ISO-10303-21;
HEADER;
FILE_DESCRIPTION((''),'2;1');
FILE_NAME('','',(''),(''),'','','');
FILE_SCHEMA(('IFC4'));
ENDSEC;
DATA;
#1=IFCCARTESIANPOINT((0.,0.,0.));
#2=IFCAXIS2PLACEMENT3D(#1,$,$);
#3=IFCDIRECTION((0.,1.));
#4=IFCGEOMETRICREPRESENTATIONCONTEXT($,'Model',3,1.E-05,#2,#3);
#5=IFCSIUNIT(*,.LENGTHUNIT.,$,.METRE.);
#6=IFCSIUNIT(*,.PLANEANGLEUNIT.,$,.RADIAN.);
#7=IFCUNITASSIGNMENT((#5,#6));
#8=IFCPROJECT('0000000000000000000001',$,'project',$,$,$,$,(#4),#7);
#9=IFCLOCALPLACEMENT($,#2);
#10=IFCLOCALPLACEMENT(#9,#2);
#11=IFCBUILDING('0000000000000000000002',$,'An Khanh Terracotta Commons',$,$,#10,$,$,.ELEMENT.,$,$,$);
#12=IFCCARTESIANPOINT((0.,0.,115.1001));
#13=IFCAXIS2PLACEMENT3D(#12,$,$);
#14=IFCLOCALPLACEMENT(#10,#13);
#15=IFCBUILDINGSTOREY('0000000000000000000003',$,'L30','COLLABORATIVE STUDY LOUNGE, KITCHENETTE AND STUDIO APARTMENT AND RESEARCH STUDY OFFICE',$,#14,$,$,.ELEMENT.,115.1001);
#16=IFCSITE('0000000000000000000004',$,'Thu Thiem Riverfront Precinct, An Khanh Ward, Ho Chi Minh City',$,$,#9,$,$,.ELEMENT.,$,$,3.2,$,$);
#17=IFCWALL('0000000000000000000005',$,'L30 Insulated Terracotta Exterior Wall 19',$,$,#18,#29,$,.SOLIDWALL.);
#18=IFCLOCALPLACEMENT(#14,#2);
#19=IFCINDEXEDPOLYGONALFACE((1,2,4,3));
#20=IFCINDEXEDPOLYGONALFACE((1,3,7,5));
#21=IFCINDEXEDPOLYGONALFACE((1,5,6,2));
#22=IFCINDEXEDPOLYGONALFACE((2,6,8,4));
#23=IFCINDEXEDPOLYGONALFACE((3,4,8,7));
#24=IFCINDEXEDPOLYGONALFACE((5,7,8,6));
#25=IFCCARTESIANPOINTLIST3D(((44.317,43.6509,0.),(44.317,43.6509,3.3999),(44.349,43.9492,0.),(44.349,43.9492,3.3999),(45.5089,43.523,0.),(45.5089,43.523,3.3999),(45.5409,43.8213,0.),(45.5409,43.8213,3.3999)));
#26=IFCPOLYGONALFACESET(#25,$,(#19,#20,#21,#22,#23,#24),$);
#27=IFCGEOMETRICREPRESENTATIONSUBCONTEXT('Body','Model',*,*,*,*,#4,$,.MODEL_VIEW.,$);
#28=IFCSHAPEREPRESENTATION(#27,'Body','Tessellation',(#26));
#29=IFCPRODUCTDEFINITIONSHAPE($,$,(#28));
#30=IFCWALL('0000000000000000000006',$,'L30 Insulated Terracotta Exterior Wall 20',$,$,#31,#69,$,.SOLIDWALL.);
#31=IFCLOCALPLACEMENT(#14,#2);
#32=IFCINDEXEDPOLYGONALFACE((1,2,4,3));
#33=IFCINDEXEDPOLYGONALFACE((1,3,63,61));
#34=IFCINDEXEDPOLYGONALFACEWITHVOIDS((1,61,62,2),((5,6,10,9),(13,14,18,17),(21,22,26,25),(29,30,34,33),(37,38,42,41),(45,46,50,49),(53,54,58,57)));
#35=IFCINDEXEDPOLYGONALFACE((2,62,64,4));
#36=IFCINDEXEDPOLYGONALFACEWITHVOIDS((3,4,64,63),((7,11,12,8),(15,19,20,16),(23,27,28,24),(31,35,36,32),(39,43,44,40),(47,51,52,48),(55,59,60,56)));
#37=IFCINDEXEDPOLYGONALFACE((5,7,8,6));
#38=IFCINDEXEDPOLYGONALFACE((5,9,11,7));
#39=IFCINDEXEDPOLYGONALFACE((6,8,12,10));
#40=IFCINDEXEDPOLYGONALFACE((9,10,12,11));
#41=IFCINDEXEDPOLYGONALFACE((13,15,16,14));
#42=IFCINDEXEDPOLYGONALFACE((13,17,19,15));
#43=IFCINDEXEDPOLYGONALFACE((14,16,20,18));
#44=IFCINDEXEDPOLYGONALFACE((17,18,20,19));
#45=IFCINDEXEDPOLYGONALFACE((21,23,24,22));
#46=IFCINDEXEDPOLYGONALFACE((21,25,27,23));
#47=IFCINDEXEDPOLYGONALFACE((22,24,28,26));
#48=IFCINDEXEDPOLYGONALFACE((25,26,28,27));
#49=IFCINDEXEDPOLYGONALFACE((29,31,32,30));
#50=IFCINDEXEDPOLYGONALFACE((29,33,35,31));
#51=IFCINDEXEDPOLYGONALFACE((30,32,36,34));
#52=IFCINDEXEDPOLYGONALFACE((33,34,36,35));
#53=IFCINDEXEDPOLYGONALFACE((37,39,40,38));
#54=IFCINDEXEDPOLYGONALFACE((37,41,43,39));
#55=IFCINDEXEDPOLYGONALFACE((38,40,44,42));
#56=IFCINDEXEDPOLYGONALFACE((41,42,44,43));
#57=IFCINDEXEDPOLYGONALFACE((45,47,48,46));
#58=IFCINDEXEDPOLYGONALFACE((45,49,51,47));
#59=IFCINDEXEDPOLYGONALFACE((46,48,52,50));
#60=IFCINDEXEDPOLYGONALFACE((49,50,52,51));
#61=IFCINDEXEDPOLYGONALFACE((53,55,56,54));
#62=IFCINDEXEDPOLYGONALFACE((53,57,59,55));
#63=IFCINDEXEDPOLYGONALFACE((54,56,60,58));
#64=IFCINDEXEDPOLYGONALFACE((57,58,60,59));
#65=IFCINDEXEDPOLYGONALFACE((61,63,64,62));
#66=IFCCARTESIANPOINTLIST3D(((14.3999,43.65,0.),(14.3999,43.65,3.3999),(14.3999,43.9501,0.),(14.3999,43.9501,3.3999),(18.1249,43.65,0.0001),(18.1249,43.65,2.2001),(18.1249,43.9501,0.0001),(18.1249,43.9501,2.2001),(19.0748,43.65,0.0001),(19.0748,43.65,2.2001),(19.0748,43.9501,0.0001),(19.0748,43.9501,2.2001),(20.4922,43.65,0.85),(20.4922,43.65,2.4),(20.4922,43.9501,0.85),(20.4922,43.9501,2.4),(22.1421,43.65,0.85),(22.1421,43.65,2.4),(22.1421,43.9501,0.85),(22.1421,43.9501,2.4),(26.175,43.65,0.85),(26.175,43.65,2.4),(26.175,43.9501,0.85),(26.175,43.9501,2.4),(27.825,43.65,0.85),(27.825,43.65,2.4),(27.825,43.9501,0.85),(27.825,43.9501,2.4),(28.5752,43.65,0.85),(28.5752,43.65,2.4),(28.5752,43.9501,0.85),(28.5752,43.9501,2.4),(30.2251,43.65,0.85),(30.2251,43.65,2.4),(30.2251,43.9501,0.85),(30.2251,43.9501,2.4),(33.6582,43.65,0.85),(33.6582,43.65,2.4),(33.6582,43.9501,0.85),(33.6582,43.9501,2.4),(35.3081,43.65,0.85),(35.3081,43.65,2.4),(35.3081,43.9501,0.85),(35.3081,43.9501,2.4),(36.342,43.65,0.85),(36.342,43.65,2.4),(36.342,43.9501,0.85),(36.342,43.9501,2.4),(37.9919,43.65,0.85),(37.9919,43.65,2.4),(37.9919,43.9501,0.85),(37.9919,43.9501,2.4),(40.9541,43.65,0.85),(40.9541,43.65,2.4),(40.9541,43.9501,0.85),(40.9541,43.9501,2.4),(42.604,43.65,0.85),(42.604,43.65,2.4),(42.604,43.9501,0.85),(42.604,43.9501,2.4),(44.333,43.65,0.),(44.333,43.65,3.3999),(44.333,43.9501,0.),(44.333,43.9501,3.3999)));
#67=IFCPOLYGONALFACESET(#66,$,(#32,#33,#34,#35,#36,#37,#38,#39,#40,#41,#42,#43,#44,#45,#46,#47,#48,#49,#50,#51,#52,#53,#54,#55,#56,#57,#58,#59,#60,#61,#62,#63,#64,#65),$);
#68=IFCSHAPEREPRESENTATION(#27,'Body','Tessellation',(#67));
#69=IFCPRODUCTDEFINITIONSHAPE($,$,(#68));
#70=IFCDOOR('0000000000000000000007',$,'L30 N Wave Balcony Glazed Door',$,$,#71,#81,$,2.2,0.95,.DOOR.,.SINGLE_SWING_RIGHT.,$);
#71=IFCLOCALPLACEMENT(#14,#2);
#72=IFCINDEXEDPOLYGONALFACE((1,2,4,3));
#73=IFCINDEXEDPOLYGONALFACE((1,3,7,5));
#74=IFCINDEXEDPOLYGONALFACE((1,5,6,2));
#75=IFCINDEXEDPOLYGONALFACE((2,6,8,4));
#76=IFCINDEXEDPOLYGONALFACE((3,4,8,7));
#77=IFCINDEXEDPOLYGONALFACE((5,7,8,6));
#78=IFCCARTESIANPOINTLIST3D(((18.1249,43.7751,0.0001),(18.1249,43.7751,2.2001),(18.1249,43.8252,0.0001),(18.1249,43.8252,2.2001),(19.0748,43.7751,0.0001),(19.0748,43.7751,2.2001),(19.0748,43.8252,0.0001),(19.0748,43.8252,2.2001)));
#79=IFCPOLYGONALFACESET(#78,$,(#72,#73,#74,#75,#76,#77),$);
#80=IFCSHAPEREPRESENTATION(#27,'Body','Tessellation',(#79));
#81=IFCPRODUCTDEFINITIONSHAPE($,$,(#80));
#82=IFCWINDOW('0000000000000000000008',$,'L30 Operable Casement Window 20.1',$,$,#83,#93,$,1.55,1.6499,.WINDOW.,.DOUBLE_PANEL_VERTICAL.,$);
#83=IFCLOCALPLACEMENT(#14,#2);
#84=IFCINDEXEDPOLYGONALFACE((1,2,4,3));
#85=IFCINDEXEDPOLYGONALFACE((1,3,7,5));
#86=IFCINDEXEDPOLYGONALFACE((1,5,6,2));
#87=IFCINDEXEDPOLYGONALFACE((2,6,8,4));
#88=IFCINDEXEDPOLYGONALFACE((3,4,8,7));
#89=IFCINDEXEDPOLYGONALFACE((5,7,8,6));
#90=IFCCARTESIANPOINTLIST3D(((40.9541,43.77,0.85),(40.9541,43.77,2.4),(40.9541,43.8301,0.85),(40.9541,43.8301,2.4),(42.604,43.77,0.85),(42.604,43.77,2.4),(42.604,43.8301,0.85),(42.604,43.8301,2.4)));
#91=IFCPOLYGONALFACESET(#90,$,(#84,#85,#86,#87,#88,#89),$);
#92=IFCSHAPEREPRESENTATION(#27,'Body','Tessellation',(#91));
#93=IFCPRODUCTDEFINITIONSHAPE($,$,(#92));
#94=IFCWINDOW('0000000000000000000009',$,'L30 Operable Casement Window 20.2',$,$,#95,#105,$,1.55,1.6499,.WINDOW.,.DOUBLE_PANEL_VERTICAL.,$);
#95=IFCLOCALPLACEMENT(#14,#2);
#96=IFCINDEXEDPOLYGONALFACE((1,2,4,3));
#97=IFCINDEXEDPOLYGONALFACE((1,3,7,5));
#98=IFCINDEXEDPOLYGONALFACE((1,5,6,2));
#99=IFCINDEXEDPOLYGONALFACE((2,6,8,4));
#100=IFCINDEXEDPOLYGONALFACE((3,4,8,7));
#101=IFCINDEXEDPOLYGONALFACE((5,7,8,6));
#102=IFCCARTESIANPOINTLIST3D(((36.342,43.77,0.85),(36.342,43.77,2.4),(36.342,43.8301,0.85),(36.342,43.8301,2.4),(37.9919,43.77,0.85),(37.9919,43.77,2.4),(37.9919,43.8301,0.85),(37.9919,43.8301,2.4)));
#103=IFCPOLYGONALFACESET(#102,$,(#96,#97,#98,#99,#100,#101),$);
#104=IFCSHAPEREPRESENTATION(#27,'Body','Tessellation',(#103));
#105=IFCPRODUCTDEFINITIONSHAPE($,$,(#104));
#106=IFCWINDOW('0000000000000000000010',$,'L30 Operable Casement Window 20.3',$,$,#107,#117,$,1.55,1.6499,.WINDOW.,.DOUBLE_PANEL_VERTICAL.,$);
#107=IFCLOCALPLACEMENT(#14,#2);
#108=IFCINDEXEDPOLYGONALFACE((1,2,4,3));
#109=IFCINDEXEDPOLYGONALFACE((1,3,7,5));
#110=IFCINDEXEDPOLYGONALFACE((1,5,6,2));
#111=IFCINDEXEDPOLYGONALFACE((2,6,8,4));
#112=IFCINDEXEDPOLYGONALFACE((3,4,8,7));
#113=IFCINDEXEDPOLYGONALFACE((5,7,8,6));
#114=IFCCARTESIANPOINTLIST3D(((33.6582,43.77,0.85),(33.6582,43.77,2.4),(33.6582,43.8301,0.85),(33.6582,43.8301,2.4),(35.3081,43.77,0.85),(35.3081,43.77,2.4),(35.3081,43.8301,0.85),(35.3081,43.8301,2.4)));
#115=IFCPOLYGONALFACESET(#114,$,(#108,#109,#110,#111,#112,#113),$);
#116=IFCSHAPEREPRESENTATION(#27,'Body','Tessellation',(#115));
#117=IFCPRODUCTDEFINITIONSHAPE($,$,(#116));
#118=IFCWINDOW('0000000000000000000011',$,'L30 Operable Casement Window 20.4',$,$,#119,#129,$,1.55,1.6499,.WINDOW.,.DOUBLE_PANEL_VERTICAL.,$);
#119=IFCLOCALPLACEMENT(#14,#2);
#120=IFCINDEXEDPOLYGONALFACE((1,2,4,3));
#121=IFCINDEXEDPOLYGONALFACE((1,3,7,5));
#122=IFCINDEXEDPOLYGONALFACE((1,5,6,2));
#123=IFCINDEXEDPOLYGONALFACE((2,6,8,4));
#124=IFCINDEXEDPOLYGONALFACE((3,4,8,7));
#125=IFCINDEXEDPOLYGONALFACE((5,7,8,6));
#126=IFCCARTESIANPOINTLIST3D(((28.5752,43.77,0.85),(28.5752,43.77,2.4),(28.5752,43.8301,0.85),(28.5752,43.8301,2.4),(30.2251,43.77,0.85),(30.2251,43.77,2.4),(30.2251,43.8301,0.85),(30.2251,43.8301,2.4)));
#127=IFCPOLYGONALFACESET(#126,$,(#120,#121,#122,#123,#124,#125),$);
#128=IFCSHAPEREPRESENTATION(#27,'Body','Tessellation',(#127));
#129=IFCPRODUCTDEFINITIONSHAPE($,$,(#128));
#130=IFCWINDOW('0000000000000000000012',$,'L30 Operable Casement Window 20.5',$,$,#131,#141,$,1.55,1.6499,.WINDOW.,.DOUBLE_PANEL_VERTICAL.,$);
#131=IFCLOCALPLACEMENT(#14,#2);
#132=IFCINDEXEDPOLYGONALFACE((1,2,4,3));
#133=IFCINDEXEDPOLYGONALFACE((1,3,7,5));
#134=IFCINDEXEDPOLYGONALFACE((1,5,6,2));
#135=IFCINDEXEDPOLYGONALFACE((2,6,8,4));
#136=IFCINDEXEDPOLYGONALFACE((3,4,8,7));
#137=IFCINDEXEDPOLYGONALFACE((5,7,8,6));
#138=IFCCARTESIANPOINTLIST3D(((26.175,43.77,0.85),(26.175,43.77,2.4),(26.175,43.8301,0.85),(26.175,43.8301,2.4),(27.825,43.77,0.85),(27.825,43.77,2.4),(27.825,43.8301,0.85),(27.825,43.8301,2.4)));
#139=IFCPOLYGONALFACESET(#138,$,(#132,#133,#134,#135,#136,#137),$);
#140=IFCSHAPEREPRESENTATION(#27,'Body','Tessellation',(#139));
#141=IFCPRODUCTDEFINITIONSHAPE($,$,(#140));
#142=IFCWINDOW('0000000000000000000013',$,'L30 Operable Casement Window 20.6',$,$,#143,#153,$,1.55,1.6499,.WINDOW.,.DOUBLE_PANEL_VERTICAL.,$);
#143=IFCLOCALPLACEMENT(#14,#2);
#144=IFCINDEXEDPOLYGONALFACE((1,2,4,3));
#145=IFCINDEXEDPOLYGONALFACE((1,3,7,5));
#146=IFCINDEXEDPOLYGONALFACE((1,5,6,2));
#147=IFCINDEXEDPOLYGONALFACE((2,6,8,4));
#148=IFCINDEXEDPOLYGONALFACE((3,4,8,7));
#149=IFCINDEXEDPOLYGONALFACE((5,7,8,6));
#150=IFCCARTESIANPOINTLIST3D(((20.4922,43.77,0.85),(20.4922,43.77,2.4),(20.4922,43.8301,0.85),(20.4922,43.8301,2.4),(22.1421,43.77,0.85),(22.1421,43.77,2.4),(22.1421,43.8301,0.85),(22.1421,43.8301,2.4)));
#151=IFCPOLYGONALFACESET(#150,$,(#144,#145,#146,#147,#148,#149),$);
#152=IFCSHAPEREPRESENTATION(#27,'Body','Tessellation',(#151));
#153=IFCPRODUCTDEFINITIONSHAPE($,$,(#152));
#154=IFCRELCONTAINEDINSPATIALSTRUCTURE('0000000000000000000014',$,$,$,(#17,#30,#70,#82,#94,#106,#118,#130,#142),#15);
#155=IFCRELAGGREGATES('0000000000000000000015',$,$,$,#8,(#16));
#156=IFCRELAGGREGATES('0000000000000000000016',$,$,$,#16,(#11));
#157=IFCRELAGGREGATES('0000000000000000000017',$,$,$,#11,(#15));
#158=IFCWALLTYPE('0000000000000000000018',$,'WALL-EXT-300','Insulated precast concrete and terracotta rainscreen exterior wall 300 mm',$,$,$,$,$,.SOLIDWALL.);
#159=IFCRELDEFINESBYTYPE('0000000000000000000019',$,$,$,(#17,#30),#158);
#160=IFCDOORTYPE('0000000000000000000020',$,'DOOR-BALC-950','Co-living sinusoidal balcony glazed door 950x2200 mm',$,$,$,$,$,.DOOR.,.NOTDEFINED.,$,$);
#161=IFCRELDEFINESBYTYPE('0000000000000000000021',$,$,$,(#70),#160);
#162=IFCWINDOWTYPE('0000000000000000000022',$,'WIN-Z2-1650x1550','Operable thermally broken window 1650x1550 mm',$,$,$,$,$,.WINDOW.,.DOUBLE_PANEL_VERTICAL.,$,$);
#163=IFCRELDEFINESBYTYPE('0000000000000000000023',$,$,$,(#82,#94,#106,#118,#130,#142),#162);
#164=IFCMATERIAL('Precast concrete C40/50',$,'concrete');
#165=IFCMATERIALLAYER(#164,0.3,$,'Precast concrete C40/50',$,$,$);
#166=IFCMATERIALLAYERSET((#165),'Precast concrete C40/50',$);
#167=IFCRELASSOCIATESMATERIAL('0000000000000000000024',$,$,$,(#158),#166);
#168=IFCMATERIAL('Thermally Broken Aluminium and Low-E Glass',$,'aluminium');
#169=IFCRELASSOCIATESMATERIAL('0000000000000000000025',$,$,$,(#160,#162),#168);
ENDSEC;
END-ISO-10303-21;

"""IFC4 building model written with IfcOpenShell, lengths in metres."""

from ifc_helpers import new_model, si_unit, direction, frame, frame_2d, origin, place, context, subcontext, project, spatial, rectangle, extrude, material, layer, layer_set, type_object, element, fill, save


model = new_model("IFC4")

# Units and contexts
model_context = context("Model", 3, precision=1e-05, world=origin(), true_north=direction((0.0, 1.0)))
body_context = subcontext(model_context, "Body", "Model", "MODEL_VIEW")
ifc_project = project(units=[si_unit("LENGTHUNIT", "METRE"), si_unit("PLANEANGLEUNIT", "RADIAN")], contexts=[model_context])

# Site, building, storey
site_placement = place(None, origin())
site = spatial("IfcSite", under=ifc_project, at=site_placement, Name="Thu Thiem Riverfront Precinct, An Khanh Ward, Ho Chi Minh City", CompositionType="ELEMENT", RefElevation=3.2)
building_placement = place(site_placement, origin())
building = spatial("IfcBuilding", under=site, at=building_placement, Name="An Khanh Terracotta Commons", CompositionType="ELEMENT")
storey_placement = place(building_placement, frame((0.0, 0.0, 115.1001)))
storey = spatial("IfcBuildingStorey", under=building, at=storey_placement, Name="L30", Description="COLLABORATIVE STUDY LOUNGE, KITCHENETTE AND STUDIO APARTMENT AND RESEARCH STUDY OFFICE", CompositionType="ELEMENT", Elevation=115.1001)

# Wall
ifc_material_1 = material(Name="Precast concrete C40/50", Category="concrete")
ifc_layer_1 = layer(ifc_material_1, 0.3, Name="Precast concrete C40/50")
ifc_layer_set_1 = layer_set([ifc_layer_1], Name="Precast concrete C40/50")
wall_type = type_object("IfcWallType", Name="WALL-EXT-300", Description="Insulated precast concrete and terracotta rainscreen exterior wall 300 mm", PredefinedType="SOLIDWALL", material=ifc_layer_set_1)
wall_1_placement = place(storey_placement, frame((45.5249, 43.6721, 0.0), z_axis=(0.0, 0.0, 1.0), x_axis=(-0.994289, 0.10672, 0.0)))
element("IfcWall", 1, at=wall_1_placement, inside=storey, type_object=wall_type, Name="L30 Insulated Terracotta Exterior Wall 19", PredefinedType="SOLIDWALL", context=body_context, shape_type="SweptSolid", body=[
    extrude(rectangle(XDim=1.1987, YDim=0.3, at=frame_2d((0.5994, 0.0))), origin(), (0.0, 0.0, 1.0), 3.3999),
])

# Wall, openings, door, windows
wall_2_placement = place(storey_placement, frame((44.333, 43.8, 0.0), z_axis=(0.0, 0.0, 1.0), x_axis=(-1.0, 0.0, 0.0)))
wall_2 = element("IfcWall", 2, at=wall_2_placement, inside=storey, type_object=wall_type, Name="L30 Insulated Terracotta Exterior Wall 20", PredefinedType="SOLIDWALL", context=body_context, shape_type="SweptSolid", body=[
    extrude(rectangle(XDim=29.9331, YDim=0.3, at=frame_2d((14.9666, 0.0))), origin(), (0.0, 0.0, 1.0), 3.3999),
])
opening_1_placement = place(wall_2_placement, frame((25.2581, 0.0, 0.0)))
opening_1 = element("IfcOpeningElement", 3, at=opening_1_placement, cuts=wall_2, PredefinedType="OPENING", context=body_context, shape_type="SweptSolid", body=[
    extrude(rectangle(XDim=0.95, YDim=2.2, at=frame_2d((0.4751, 1.1001))), frame((0.0, 0.1599, 0.0), z_axis=(0.0, -1.0, 0.0), x_axis=(1.0, 0.0, 0.0)), (0.0, 0.0, 1.0), 0.3201),
])
opening_2_placement = place(wall_2_placement, frame((1.729, 0.0, 0.8501)))
opening_2 = element("IfcOpeningElement", 4, at=opening_2_placement, cuts=wall_2, PredefinedType="OPENING", context=body_context, shape_type="SweptSolid", body=[
    extrude(rectangle(XDim=1.6499, YDim=1.55, at=frame_2d((0.825, 0.7749))), frame((0.0, 0.1599, 0.0), z_axis=(0.0, -1.0, 0.0), x_axis=(1.0, 0.0, 0.0)), (0.0, 0.0, 1.0), 0.3201),
])
opening_3_placement = place(wall_2_placement, frame((6.3411, 0.0, 0.8501)))
opening_3 = element("IfcOpeningElement", 5, at=opening_3_placement, cuts=wall_2, PredefinedType="OPENING", context=body_context, shape_type="SweptSolid", body=[
    extrude(rectangle(XDim=1.6499, YDim=1.55, at=frame_2d((0.825, 0.7749))), frame((0.0, 0.1599, 0.0), z_axis=(0.0, -1.0, 0.0), x_axis=(1.0, 0.0, 0.0)), (0.0, 0.0, 1.0), 0.3201),
])
opening_4_placement = place(wall_2_placement, frame((9.0249, 0.0, 0.8501)))
opening_4 = element("IfcOpeningElement", 6, at=opening_4_placement, cuts=wall_2, PredefinedType="OPENING", context=body_context, shape_type="SweptSolid", body=[
    extrude(rectangle(XDim=1.6499, YDim=1.55, at=frame_2d((0.825, 0.7749))), frame((0.0, 0.1599, 0.0), z_axis=(0.0, -1.0, 0.0), x_axis=(1.0, 0.0, 0.0)), (0.0, 0.0, 1.0), 0.3201),
])
opening_5_placement = place(wall_2_placement, frame((14.1079, 0.0, 0.8501)))
opening_5 = element("IfcOpeningElement", 7, at=opening_5_placement, cuts=wall_2, PredefinedType="OPENING", context=body_context, shape_type="SweptSolid", body=[
    extrude(rectangle(XDim=1.6499, YDim=1.55, at=frame_2d((0.825, 0.7749))), frame((0.0, 0.1599, 0.0), z_axis=(0.0, -1.0, 0.0), x_axis=(1.0, 0.0, 0.0)), (0.0, 0.0, 1.0), 0.3201),
])
opening_6_placement = place(wall_2_placement, frame((16.5081, 0.0, 0.8501)))
opening_6 = element("IfcOpeningElement", 8, at=opening_6_placement, cuts=wall_2, PredefinedType="OPENING", context=body_context, shape_type="SweptSolid", body=[
    extrude(rectangle(XDim=1.6499, YDim=1.55, at=frame_2d((0.825, 0.7749))), frame((0.0, 0.1599, 0.0), z_axis=(0.0, -1.0, 0.0), x_axis=(1.0, 0.0, 0.0)), (0.0, 0.0, 1.0), 0.3201),
])
opening_7_placement = place(wall_2_placement, frame((22.1909, 0.0, 0.8501)))
opening_7 = element("IfcOpeningElement", 9, at=opening_7_placement, cuts=wall_2, PredefinedType="OPENING", context=body_context, shape_type="SweptSolid", body=[
    extrude(rectangle(XDim=1.6499, YDim=1.55, at=frame_2d((0.825, 0.7749))), frame((0.0, 0.1599, 0.0), z_axis=(0.0, -1.0, 0.0), x_axis=(1.0, 0.0, 0.0)), (0.0, 0.0, 1.0), 0.3201),
])
ifc_material_2 = material(Name="Thermally Broken Aluminium and Low-E Glass", Category="aluminium")
door_type = type_object("IfcDoorType", Name="DOOR-BALC-950", Description="Co-living sinusoidal balcony glazed door 950x2200 mm", OperationType="NOTDEFINED", PredefinedType="DOOR", material=ifc_material_2)
door_placement = place(opening_1_placement, origin())
door = element("IfcDoor", 10, at=door_placement, inside=storey, type_object=door_type, Name="L30 N Wave Balcony Glazed Door", OperationType="SINGLE_SWING_RIGHT", OverallHeight=2.2, OverallWidth=0.95, PredefinedType="DOOR", context=body_context, shape_type="SweptSolid", body=[
    extrude(rectangle(XDim=0.95, YDim=2.2, at=frame_2d((0.4751, 1.1001))), frame((0.0, 0.0249, 0.0), z_axis=(0.0, -1.0, 0.0), x_axis=(1.0, 0.0, 0.0)), (0.0, 0.0, 1.0), 0.05),
])
fill(opening_1, door)
window_type = type_object("IfcWindowType", Name="WIN-Z2-1650x1550", Description="Operable thermally broken window 1650x1550 mm", PartitioningType="DOUBLE_PANEL_VERTICAL", PredefinedType="WINDOW", material=ifc_material_2)
window_1_placement = place(opening_2_placement, origin())
window_1 = element("IfcWindow", 11, at=window_1_placement, inside=storey, type_object=window_type, Name="L30 Operable Casement Window 20.1", OverallHeight=1.55, OverallWidth=1.6499, PartitioningType="DOUBLE_PANEL_VERTICAL", PredefinedType="WINDOW", context=body_context, shape_type="SweptSolid", body=[
    extrude(rectangle(XDim=1.6499, YDim=1.55, at=frame_2d((0.825, 0.7749))), frame((0.0, 0.03, 0.0), z_axis=(0.0, -1.0, 0.0), x_axis=(1.0, 0.0, 0.0)), (0.0, 0.0, 1.0), 0.0601),
])
fill(opening_2, window_1)
window_2_placement = place(opening_3_placement, origin())
window_2 = element("IfcWindow", 12, at=window_2_placement, inside=storey, type_object=window_type, Name="L30 Operable Casement Window 20.2", OverallHeight=1.55, OverallWidth=1.6499, PartitioningType="DOUBLE_PANEL_VERTICAL", PredefinedType="WINDOW", context=body_context, shape_type="SweptSolid", body=[
    extrude(rectangle(XDim=1.6499, YDim=1.55, at=frame_2d((0.825, 0.7749))), frame((0.0, 0.03, 0.0), z_axis=(0.0, -1.0, 0.0), x_axis=(1.0, 0.0, 0.0)), (0.0, 0.0, 1.0), 0.0601),
])
fill(opening_3, window_2)
window_3_placement = place(opening_4_placement, origin())
window_3 = element("IfcWindow", 13, at=window_3_placement, inside=storey, type_object=window_type, Name="L30 Operable Casement Window 20.3", OverallHeight=1.55, OverallWidth=1.6499, PartitioningType="DOUBLE_PANEL_VERTICAL", PredefinedType="WINDOW", context=body_context, shape_type="SweptSolid", body=[
    extrude(rectangle(XDim=1.6499, YDim=1.55, at=frame_2d((0.825, 0.7749))), frame((0.0, 0.03, 0.0), z_axis=(0.0, -1.0, 0.0), x_axis=(1.0, 0.0, 0.0)), (0.0, 0.0, 1.0), 0.0601),
])
fill(opening_4, window_3)
window_4_placement = place(opening_5_placement, origin())
window_4 = element("IfcWindow", 14, at=window_4_placement, inside=storey, type_object=window_type, Name="L30 Operable Casement Window 20.4", OverallHeight=1.55, OverallWidth=1.6499, PartitioningType="DOUBLE_PANEL_VERTICAL", PredefinedType="WINDOW", context=body_context, shape_type="SweptSolid", body=[
    extrude(rectangle(XDim=1.6499, YDim=1.55, at=frame_2d((0.825, 0.7749))), frame((0.0, 0.03, 0.0), z_axis=(0.0, -1.0, 0.0), x_axis=(1.0, 0.0, 0.0)), (0.0, 0.0, 1.0), 0.0601),
])
fill(opening_5, window_4)
window_5_placement = place(opening_6_placement, origin())
window_5 = element("IfcWindow", 15, at=window_5_placement, inside=storey, type_object=window_type, Name="L30 Operable Casement Window 20.5", OverallHeight=1.55, OverallWidth=1.6499, PartitioningType="DOUBLE_PANEL_VERTICAL", PredefinedType="WINDOW", context=body_context, shape_type="SweptSolid", body=[
    extrude(rectangle(XDim=1.6499, YDim=1.55, at=frame_2d((0.825, 0.7749))), frame((0.0, 0.03, 0.0), z_axis=(0.0, -1.0, 0.0), x_axis=(1.0, 0.0, 0.0)), (0.0, 0.0, 1.0), 0.0601),
])
fill(opening_6, window_5)
window_6_placement = place(opening_7_placement, origin())
window_6 = element("IfcWindow", 16, at=window_6_placement, inside=storey, type_object=window_type, Name="L30 Operable Casement Window 20.6", OverallHeight=1.55, OverallWidth=1.6499, PartitioningType="DOUBLE_PANEL_VERTICAL", PredefinedType="WINDOW", context=body_context, shape_type="SweptSolid", body=[
    extrude(rectangle(XDim=1.6499, YDim=1.55, at=frame_2d((0.825, 0.7749))), frame((0.0, 0.03, 0.0), z_axis=(0.0, -1.0, 0.0), x_axis=(1.0, 0.0, 0.0)), (0.0, 0.0, 1.0), 0.0601),
])
fill(opening_7, window_6)

save(model, "model.ifc")
